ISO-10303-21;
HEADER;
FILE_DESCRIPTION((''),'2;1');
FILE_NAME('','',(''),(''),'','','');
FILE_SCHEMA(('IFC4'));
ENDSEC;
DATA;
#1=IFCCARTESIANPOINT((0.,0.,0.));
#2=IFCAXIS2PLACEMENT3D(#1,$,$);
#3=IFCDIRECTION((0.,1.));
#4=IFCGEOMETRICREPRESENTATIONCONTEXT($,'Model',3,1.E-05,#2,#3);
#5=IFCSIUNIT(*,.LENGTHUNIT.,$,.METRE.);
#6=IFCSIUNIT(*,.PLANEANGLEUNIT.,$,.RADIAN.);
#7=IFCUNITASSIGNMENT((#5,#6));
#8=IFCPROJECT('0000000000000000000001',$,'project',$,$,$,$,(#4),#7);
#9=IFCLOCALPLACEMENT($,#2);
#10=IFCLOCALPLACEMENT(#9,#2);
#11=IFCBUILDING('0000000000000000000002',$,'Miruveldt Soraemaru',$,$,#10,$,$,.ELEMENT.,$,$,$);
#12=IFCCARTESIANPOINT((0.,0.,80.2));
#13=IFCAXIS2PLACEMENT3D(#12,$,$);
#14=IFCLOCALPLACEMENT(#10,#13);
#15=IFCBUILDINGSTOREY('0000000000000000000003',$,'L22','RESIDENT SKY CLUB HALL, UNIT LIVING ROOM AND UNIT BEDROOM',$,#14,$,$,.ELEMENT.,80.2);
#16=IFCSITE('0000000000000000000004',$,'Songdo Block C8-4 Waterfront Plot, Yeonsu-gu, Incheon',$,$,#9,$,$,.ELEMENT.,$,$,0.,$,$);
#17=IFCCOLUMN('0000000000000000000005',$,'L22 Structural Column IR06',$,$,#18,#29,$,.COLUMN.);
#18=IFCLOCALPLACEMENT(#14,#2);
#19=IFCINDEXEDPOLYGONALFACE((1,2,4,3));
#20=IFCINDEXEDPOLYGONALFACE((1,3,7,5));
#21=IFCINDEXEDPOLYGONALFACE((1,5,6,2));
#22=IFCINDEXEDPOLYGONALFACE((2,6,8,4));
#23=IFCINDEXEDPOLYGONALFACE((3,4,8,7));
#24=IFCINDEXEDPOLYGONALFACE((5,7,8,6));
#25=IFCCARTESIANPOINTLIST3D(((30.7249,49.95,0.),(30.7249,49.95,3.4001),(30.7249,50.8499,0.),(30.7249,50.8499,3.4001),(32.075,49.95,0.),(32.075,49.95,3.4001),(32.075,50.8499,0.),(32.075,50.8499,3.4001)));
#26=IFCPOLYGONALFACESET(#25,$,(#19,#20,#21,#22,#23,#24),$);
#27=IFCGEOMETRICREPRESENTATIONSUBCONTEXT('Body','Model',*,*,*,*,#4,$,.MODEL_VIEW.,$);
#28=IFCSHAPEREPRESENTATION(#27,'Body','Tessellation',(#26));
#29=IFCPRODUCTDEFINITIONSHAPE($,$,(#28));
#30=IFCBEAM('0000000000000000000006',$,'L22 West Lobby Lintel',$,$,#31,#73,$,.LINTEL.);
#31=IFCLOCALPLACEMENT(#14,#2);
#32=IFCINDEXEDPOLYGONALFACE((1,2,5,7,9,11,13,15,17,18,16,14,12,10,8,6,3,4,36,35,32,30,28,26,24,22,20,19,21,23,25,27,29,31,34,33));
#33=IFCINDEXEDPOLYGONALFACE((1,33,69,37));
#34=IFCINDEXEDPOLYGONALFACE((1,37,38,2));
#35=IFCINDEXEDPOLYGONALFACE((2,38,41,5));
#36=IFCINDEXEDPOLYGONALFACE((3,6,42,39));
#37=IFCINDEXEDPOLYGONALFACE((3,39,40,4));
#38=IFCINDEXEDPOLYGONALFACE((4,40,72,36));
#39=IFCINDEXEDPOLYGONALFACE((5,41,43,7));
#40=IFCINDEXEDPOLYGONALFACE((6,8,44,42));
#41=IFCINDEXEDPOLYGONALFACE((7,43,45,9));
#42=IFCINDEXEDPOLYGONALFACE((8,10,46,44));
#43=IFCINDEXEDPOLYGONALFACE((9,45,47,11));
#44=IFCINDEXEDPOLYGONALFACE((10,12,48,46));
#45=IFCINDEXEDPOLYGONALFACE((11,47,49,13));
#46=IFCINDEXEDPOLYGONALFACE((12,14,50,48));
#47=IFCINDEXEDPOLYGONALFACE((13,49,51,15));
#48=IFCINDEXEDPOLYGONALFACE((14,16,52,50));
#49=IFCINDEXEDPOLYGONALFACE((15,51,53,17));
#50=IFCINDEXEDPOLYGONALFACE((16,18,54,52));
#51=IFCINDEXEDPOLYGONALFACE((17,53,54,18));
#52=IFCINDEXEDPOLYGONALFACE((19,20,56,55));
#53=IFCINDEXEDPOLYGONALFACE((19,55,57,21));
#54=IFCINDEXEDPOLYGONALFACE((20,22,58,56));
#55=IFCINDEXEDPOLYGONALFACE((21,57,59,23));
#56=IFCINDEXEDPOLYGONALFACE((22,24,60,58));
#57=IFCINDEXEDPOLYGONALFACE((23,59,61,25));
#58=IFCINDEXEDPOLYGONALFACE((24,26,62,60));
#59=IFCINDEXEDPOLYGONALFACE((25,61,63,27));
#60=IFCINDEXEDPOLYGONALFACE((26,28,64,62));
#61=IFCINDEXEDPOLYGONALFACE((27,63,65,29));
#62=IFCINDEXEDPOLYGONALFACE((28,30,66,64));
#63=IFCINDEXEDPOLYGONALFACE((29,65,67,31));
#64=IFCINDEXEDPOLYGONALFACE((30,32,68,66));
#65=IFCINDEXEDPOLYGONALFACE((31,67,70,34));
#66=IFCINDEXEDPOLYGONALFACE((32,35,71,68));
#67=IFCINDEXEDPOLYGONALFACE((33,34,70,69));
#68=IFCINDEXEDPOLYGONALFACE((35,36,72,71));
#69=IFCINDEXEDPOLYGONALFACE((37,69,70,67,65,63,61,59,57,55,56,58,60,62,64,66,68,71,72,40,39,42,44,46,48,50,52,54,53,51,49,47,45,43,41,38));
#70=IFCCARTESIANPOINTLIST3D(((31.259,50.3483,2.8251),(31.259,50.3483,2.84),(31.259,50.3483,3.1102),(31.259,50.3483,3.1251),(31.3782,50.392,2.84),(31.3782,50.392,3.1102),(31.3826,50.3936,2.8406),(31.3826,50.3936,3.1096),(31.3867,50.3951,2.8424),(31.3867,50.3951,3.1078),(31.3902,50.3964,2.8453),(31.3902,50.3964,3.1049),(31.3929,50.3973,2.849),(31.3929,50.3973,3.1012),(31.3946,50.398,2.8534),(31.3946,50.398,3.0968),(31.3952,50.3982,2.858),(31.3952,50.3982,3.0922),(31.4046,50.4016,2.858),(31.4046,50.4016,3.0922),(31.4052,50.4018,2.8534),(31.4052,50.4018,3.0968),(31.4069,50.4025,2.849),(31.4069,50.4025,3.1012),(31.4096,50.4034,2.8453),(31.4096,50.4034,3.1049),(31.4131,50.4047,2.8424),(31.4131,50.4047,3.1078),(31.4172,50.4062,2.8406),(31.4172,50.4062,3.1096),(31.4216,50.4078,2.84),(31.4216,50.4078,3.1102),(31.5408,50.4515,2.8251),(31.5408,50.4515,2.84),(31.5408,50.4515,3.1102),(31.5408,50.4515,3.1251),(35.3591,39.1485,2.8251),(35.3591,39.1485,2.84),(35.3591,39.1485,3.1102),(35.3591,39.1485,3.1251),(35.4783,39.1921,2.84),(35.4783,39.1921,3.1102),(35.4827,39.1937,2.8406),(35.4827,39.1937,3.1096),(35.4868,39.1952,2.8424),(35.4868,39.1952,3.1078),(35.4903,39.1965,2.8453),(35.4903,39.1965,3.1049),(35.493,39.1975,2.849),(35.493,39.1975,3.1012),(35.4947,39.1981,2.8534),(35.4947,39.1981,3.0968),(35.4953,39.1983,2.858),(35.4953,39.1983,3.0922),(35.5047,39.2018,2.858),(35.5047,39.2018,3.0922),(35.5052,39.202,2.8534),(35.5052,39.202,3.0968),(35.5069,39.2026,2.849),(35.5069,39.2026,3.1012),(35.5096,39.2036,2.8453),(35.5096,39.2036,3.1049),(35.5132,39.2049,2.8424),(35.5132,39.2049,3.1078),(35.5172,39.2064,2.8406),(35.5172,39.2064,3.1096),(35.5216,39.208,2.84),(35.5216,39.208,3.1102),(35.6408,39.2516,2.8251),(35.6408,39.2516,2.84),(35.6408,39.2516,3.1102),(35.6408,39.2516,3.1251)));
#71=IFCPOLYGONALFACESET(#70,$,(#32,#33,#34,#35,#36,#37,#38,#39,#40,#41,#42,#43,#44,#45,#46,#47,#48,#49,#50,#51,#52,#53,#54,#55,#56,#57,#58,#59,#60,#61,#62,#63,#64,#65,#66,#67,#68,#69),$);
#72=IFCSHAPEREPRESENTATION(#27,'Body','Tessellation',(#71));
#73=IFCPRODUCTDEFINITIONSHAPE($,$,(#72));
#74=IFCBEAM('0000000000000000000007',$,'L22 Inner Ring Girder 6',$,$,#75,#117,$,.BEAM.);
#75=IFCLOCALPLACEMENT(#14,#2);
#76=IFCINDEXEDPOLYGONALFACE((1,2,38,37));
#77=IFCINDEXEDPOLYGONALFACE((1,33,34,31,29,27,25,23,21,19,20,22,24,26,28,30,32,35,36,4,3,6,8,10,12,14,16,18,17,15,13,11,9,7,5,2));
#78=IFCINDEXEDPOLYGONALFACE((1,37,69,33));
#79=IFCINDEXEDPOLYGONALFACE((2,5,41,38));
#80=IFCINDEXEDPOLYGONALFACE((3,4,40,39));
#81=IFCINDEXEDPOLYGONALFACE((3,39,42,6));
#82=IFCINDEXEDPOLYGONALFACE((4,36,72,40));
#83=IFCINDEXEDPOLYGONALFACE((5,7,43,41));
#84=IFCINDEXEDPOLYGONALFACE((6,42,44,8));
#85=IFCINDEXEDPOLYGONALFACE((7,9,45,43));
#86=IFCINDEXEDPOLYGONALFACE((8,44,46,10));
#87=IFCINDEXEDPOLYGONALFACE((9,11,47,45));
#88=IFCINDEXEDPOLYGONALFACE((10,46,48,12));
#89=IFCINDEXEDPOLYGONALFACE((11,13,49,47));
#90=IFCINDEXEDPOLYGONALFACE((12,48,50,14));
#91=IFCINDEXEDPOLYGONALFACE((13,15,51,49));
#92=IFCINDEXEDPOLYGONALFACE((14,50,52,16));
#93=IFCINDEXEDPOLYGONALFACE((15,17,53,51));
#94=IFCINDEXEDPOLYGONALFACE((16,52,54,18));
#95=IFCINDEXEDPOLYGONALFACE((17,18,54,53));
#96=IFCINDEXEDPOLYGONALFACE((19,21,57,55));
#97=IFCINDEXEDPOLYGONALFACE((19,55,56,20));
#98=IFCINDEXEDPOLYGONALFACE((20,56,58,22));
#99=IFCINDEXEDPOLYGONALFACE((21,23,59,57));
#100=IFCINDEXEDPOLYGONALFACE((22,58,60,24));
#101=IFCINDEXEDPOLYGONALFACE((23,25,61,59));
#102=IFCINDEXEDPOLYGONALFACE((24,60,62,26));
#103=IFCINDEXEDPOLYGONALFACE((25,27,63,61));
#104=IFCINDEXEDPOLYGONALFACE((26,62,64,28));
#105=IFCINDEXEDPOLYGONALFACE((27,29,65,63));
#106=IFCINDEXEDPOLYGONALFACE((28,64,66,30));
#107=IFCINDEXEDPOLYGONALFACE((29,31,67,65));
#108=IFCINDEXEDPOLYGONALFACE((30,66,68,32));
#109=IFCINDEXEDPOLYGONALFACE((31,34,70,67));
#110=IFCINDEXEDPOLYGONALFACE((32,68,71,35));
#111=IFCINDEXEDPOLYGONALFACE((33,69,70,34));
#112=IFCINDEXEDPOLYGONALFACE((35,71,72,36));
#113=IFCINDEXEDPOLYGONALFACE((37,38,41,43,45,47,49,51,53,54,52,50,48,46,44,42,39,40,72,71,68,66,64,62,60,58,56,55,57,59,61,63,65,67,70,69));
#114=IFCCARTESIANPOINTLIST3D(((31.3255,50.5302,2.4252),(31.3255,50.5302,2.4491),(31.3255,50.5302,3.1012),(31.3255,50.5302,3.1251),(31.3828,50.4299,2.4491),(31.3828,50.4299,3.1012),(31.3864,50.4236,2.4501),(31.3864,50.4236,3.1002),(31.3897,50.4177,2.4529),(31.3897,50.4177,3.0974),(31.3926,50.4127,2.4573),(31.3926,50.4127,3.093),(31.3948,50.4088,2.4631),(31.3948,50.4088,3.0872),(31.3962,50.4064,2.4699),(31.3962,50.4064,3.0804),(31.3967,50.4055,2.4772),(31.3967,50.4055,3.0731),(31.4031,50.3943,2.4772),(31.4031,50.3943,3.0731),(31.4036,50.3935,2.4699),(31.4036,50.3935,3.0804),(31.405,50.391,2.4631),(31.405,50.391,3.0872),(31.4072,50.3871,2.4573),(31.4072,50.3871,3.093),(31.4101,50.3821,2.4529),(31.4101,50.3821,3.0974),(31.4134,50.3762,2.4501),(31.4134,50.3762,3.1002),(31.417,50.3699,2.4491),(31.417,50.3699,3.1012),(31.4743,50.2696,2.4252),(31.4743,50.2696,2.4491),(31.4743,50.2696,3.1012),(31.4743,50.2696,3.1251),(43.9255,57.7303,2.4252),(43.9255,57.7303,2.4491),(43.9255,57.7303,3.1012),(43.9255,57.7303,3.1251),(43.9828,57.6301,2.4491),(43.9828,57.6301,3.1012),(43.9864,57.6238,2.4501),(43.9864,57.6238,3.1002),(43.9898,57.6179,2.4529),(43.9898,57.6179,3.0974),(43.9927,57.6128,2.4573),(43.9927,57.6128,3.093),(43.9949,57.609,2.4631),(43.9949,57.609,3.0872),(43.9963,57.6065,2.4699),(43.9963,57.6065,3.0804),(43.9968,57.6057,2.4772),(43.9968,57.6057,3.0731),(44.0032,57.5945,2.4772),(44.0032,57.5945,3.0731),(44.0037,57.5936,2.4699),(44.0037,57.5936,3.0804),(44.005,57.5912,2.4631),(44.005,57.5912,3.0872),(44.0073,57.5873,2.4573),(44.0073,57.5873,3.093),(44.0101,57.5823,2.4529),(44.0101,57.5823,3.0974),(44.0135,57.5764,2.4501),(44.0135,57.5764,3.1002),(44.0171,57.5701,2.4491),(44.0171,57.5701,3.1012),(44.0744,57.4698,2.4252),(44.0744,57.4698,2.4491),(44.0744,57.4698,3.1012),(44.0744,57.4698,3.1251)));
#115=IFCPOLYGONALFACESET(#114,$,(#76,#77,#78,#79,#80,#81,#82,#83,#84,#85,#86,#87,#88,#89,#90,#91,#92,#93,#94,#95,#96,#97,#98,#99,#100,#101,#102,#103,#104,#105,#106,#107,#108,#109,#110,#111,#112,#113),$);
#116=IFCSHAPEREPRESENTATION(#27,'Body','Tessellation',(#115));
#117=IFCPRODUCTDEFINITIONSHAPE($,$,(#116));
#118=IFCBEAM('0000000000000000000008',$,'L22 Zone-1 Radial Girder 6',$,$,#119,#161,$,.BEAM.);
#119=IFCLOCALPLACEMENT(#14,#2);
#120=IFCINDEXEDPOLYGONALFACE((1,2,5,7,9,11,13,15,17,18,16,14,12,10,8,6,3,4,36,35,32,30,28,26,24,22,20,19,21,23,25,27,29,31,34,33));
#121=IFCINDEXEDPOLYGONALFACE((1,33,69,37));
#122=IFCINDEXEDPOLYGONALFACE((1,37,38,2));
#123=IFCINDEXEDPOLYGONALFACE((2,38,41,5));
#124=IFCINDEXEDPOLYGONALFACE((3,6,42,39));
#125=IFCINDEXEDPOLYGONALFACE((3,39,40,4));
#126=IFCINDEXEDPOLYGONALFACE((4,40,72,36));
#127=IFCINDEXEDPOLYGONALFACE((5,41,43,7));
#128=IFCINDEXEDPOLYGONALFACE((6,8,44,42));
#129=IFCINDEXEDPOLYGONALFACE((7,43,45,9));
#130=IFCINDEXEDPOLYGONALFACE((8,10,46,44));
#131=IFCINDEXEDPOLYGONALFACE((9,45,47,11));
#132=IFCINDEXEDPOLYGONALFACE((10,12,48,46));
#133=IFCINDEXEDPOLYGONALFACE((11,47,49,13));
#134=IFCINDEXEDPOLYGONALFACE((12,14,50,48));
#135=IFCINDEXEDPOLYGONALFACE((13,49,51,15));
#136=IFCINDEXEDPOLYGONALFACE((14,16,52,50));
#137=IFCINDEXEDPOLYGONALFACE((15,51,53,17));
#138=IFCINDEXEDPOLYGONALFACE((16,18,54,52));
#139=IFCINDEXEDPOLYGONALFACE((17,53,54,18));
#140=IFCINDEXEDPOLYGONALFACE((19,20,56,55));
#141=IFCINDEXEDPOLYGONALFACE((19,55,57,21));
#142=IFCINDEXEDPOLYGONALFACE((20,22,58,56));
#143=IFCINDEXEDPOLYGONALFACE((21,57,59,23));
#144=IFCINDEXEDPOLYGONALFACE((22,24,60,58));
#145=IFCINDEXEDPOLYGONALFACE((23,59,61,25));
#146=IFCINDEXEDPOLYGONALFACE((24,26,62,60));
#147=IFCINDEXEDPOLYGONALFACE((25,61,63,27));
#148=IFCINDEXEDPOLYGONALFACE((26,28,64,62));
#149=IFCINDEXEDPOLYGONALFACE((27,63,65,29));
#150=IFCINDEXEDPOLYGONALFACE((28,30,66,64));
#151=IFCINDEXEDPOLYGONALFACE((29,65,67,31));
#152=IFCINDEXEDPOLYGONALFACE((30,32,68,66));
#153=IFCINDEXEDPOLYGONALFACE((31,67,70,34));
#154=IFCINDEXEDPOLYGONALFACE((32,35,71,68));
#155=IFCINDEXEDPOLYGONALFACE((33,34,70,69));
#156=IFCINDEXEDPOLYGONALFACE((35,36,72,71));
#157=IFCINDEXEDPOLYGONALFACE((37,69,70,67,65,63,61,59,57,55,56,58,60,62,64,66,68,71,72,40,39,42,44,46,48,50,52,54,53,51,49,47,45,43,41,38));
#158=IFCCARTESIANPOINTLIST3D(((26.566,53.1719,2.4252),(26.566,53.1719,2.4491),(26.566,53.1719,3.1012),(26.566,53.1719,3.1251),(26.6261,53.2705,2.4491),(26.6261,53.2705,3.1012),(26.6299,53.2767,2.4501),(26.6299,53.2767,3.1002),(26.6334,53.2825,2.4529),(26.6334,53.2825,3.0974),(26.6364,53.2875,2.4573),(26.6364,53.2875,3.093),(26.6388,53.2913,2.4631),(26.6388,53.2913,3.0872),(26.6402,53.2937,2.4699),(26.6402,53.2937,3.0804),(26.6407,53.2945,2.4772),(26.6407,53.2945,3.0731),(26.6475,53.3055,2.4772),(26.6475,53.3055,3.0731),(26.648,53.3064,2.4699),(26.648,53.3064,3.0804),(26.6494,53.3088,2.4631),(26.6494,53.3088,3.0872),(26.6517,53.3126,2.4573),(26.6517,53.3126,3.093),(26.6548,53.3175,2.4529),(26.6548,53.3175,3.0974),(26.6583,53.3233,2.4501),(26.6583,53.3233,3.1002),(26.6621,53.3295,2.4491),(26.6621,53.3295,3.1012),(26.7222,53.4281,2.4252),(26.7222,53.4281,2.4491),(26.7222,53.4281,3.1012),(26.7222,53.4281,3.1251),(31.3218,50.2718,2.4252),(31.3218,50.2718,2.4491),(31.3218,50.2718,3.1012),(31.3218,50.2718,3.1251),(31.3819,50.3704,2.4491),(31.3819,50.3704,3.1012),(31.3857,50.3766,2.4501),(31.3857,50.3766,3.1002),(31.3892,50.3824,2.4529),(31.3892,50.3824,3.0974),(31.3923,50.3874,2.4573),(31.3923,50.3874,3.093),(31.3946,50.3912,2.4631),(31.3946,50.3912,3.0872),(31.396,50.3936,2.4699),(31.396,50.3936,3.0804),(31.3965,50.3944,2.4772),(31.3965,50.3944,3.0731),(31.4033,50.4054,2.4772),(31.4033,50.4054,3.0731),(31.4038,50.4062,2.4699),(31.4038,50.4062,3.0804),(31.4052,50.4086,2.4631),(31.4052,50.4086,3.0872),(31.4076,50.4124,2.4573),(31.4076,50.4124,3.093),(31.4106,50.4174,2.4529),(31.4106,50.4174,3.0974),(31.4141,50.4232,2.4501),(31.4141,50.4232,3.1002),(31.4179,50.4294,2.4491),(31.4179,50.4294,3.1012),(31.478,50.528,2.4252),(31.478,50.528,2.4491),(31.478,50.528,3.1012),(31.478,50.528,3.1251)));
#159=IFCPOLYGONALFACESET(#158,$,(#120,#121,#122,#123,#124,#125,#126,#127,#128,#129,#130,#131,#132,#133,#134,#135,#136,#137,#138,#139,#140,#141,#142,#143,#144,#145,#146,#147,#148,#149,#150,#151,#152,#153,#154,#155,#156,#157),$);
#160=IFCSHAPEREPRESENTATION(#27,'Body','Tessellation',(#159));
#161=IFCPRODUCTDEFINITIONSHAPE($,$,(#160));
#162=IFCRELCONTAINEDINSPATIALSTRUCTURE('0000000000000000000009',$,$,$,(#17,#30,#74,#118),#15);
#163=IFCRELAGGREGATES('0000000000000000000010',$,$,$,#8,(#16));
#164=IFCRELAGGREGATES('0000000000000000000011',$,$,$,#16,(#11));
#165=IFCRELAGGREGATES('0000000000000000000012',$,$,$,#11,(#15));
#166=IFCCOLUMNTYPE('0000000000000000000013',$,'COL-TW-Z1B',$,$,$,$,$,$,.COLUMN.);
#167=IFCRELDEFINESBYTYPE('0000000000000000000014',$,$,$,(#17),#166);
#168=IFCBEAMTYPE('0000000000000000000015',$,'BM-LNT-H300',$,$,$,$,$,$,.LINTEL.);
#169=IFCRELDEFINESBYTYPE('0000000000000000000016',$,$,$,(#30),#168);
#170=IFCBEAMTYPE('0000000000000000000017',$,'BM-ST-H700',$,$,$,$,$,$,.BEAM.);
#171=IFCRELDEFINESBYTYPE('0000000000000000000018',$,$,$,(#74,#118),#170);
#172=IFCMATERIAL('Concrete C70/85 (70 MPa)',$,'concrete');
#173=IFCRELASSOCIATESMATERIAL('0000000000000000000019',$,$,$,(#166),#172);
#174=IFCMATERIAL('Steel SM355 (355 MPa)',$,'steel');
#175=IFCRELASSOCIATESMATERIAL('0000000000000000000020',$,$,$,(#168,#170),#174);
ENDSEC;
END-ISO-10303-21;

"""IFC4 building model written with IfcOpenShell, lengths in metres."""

from ifc_helpers import new_model, si_unit, direction, frame, origin, origin_2d, place, context, subcontext, project, spatial, rectangle, i_section, extrude, material, material_profile, profile_set, type_object, element, save


model = new_model("IFC4")

# Units and contexts
model_context = context("Model", 3, precision=1e-05, world=origin(), true_north=direction((0.0, 1.0)))
body_context = subcontext(model_context, "Body", "Model", "MODEL_VIEW")
ifc_project = project(units=[si_unit("LENGTHUNIT", "METRE"), si_unit("PLANEANGLEUNIT", "RADIAN")], contexts=[model_context])

# Site, building, storey
site_placement = place(None, origin())
site = spatial("IfcSite", under=ifc_project, at=site_placement, Name="Songdo Block C8-4 Waterfront Plot, Yeonsu-gu, Incheon", CompositionType="ELEMENT", RefElevation=0.0)
building_placement = place(site_placement, origin())
building = spatial("IfcBuilding", under=site, at=building_placement, Name="Miruveldt Soraemaru", CompositionType="ELEMENT")
storey_placement = place(building_placement, frame((0.0, 0.0, 80.2)))
storey = spatial("IfcBuildingStorey", under=building, at=storey_placement, Name="L22", Description="RESIDENT SKY CLUB HALL, UNIT LIVING ROOM AND UNIT BEDROOM", CompositionType="ELEMENT", Elevation=80.2)

# Column
ifc_material_1 = material(Name="Concrete C70/85 (70 MPa)", Category="concrete")
ifc_material_profile_1 = material_profile(ifc_material_1, rectangle(XDim=1.3501, YDim=0.8999, at=origin_2d()), Name="Concrete C70/85 (70 MPa)", Category="concrete")
ifc_profile_set_1 = profile_set([ifc_material_profile_1], Name="Concrete C70/85 (70 MPa)")
column_type = type_object("IfcColumnType", Name="COL-TW-Z1B", PredefinedType="COLUMN", material=ifc_profile_set_1)
column_placement = place(storey_placement, frame((31.3999, 50.3999, 0.0), z_axis=(0.0, 0.0, 1.0), x_axis=(1.0, 0.0, 0.0)))
element("IfcColumn", 1, at=column_placement, inside=storey, type_object=column_type, Name="L22 Structural Column IR06", PredefinedType="COLUMN", context=body_context, shape_type="SweptSolid", body=[
    extrude(rectangle(XDim=1.3501, YDim=0.8999, at=origin_2d()), origin(), (0.0, 0.0, 1.0), 3.4001),
])

# Beams
ifc_material_2 = material(Name="Steel SM355 (355 MPa)", Category="steel")
ifc_material_profile_2 = material_profile(ifc_material_2, i_section(OverallWidth=0.3, OverallDepth=0.3, WebThickness=0.01, FlangeThickness=0.0149, FilletRadius=0.0181, at=origin_2d()), Name="Steel SM355 (355 MPa)", Category="steel")
ifc_profile_set_2 = profile_set([ifc_material_profile_2], Name="Steel SM355 (355 MPa)")
beam_type_1 = type_object("IfcBeamType", Name="BM-LNT-H300", PredefinedType="LINTEL", material=ifc_profile_set_2)
beam_1_placement = place(storey_placement, frame((31.3999, 50.3999, 2.9751), z_axis=(0.34377, -0.939054, 0.0), x_axis=(0.939054, 0.34377, 0.0)))
element("IfcBeam", 2, at=beam_1_placement, inside=storey, type_object=beam_type_1, Name="L22 West Lobby Lintel", PredefinedType="LINTEL", context=body_context, shape_type="SweptSolid", body=[
    extrude(i_section(OverallWidth=0.3, OverallDepth=0.3, WebThickness=0.01, FlangeThickness=0.0149, FilletRadius=0.0181, at=origin_2d()), origin(), (0.0, 0.0, 1.0), 11.9268),
])
ifc_material_profile_3 = material_profile(ifc_material_2, i_section(OverallWidth=0.3, OverallDepth=0.7, WebThickness=0.0129, FlangeThickness=0.0239, FilletRadius=0.0281, at=origin_2d()), Name="Steel SM355 (355 MPa)", Category="steel")
ifc_profile_set_3 = profile_set([ifc_material_profile_3], Name="Steel SM355 (355 MPa)")
beam_type_2 = type_object("IfcBeamType", Name="BM-ST-H700", PredefinedType="BEAM", material=ifc_profile_set_3)
beam_2_placement = place(storey_placement, frame((31.3999, 50.3999, 2.7751), z_axis=(0.868239, 0.496146, 0.0), x_axis=(-0.496146, 0.868239, 0.0)))
element("IfcBeam", 3, at=beam_2_placement, inside=storey, type_object=beam_type_2, Name="L22 Inner Ring Girder 6", PredefinedType="BEAM", context=body_context, shape_type="SweptSolid", body=[
    extrude(i_section(OverallWidth=0.3, OverallDepth=0.7, WebThickness=0.0129, FlangeThickness=0.0239, FilletRadius=0.0281, at=origin_2d()), origin(), (0.0, 0.0, 1.0), 14.5122),
])
beam_3_placement = place(storey_placement, frame((31.3999, 50.3999, 2.7751), z_axis=(-0.853778, 0.520638, 0.0), x_axis=(-0.520638, -0.853778, 0.0)))
element("IfcBeam", 4, at=beam_3_placement, inside=storey, type_object=beam_type_2, Name="L22 Zone-1 Radial Girder 6", PredefinedType="BEAM", context=body_context, shape_type="SweptSolid", body=[
    extrude(i_section(OverallWidth=0.3, OverallDepth=0.7, WebThickness=0.0129, FlangeThickness=0.0239, FilletRadius=0.0281, at=origin_2d()), origin(), (0.0, 0.0, 1.0), 5.5703),
])

save(model, "model.ifc")
